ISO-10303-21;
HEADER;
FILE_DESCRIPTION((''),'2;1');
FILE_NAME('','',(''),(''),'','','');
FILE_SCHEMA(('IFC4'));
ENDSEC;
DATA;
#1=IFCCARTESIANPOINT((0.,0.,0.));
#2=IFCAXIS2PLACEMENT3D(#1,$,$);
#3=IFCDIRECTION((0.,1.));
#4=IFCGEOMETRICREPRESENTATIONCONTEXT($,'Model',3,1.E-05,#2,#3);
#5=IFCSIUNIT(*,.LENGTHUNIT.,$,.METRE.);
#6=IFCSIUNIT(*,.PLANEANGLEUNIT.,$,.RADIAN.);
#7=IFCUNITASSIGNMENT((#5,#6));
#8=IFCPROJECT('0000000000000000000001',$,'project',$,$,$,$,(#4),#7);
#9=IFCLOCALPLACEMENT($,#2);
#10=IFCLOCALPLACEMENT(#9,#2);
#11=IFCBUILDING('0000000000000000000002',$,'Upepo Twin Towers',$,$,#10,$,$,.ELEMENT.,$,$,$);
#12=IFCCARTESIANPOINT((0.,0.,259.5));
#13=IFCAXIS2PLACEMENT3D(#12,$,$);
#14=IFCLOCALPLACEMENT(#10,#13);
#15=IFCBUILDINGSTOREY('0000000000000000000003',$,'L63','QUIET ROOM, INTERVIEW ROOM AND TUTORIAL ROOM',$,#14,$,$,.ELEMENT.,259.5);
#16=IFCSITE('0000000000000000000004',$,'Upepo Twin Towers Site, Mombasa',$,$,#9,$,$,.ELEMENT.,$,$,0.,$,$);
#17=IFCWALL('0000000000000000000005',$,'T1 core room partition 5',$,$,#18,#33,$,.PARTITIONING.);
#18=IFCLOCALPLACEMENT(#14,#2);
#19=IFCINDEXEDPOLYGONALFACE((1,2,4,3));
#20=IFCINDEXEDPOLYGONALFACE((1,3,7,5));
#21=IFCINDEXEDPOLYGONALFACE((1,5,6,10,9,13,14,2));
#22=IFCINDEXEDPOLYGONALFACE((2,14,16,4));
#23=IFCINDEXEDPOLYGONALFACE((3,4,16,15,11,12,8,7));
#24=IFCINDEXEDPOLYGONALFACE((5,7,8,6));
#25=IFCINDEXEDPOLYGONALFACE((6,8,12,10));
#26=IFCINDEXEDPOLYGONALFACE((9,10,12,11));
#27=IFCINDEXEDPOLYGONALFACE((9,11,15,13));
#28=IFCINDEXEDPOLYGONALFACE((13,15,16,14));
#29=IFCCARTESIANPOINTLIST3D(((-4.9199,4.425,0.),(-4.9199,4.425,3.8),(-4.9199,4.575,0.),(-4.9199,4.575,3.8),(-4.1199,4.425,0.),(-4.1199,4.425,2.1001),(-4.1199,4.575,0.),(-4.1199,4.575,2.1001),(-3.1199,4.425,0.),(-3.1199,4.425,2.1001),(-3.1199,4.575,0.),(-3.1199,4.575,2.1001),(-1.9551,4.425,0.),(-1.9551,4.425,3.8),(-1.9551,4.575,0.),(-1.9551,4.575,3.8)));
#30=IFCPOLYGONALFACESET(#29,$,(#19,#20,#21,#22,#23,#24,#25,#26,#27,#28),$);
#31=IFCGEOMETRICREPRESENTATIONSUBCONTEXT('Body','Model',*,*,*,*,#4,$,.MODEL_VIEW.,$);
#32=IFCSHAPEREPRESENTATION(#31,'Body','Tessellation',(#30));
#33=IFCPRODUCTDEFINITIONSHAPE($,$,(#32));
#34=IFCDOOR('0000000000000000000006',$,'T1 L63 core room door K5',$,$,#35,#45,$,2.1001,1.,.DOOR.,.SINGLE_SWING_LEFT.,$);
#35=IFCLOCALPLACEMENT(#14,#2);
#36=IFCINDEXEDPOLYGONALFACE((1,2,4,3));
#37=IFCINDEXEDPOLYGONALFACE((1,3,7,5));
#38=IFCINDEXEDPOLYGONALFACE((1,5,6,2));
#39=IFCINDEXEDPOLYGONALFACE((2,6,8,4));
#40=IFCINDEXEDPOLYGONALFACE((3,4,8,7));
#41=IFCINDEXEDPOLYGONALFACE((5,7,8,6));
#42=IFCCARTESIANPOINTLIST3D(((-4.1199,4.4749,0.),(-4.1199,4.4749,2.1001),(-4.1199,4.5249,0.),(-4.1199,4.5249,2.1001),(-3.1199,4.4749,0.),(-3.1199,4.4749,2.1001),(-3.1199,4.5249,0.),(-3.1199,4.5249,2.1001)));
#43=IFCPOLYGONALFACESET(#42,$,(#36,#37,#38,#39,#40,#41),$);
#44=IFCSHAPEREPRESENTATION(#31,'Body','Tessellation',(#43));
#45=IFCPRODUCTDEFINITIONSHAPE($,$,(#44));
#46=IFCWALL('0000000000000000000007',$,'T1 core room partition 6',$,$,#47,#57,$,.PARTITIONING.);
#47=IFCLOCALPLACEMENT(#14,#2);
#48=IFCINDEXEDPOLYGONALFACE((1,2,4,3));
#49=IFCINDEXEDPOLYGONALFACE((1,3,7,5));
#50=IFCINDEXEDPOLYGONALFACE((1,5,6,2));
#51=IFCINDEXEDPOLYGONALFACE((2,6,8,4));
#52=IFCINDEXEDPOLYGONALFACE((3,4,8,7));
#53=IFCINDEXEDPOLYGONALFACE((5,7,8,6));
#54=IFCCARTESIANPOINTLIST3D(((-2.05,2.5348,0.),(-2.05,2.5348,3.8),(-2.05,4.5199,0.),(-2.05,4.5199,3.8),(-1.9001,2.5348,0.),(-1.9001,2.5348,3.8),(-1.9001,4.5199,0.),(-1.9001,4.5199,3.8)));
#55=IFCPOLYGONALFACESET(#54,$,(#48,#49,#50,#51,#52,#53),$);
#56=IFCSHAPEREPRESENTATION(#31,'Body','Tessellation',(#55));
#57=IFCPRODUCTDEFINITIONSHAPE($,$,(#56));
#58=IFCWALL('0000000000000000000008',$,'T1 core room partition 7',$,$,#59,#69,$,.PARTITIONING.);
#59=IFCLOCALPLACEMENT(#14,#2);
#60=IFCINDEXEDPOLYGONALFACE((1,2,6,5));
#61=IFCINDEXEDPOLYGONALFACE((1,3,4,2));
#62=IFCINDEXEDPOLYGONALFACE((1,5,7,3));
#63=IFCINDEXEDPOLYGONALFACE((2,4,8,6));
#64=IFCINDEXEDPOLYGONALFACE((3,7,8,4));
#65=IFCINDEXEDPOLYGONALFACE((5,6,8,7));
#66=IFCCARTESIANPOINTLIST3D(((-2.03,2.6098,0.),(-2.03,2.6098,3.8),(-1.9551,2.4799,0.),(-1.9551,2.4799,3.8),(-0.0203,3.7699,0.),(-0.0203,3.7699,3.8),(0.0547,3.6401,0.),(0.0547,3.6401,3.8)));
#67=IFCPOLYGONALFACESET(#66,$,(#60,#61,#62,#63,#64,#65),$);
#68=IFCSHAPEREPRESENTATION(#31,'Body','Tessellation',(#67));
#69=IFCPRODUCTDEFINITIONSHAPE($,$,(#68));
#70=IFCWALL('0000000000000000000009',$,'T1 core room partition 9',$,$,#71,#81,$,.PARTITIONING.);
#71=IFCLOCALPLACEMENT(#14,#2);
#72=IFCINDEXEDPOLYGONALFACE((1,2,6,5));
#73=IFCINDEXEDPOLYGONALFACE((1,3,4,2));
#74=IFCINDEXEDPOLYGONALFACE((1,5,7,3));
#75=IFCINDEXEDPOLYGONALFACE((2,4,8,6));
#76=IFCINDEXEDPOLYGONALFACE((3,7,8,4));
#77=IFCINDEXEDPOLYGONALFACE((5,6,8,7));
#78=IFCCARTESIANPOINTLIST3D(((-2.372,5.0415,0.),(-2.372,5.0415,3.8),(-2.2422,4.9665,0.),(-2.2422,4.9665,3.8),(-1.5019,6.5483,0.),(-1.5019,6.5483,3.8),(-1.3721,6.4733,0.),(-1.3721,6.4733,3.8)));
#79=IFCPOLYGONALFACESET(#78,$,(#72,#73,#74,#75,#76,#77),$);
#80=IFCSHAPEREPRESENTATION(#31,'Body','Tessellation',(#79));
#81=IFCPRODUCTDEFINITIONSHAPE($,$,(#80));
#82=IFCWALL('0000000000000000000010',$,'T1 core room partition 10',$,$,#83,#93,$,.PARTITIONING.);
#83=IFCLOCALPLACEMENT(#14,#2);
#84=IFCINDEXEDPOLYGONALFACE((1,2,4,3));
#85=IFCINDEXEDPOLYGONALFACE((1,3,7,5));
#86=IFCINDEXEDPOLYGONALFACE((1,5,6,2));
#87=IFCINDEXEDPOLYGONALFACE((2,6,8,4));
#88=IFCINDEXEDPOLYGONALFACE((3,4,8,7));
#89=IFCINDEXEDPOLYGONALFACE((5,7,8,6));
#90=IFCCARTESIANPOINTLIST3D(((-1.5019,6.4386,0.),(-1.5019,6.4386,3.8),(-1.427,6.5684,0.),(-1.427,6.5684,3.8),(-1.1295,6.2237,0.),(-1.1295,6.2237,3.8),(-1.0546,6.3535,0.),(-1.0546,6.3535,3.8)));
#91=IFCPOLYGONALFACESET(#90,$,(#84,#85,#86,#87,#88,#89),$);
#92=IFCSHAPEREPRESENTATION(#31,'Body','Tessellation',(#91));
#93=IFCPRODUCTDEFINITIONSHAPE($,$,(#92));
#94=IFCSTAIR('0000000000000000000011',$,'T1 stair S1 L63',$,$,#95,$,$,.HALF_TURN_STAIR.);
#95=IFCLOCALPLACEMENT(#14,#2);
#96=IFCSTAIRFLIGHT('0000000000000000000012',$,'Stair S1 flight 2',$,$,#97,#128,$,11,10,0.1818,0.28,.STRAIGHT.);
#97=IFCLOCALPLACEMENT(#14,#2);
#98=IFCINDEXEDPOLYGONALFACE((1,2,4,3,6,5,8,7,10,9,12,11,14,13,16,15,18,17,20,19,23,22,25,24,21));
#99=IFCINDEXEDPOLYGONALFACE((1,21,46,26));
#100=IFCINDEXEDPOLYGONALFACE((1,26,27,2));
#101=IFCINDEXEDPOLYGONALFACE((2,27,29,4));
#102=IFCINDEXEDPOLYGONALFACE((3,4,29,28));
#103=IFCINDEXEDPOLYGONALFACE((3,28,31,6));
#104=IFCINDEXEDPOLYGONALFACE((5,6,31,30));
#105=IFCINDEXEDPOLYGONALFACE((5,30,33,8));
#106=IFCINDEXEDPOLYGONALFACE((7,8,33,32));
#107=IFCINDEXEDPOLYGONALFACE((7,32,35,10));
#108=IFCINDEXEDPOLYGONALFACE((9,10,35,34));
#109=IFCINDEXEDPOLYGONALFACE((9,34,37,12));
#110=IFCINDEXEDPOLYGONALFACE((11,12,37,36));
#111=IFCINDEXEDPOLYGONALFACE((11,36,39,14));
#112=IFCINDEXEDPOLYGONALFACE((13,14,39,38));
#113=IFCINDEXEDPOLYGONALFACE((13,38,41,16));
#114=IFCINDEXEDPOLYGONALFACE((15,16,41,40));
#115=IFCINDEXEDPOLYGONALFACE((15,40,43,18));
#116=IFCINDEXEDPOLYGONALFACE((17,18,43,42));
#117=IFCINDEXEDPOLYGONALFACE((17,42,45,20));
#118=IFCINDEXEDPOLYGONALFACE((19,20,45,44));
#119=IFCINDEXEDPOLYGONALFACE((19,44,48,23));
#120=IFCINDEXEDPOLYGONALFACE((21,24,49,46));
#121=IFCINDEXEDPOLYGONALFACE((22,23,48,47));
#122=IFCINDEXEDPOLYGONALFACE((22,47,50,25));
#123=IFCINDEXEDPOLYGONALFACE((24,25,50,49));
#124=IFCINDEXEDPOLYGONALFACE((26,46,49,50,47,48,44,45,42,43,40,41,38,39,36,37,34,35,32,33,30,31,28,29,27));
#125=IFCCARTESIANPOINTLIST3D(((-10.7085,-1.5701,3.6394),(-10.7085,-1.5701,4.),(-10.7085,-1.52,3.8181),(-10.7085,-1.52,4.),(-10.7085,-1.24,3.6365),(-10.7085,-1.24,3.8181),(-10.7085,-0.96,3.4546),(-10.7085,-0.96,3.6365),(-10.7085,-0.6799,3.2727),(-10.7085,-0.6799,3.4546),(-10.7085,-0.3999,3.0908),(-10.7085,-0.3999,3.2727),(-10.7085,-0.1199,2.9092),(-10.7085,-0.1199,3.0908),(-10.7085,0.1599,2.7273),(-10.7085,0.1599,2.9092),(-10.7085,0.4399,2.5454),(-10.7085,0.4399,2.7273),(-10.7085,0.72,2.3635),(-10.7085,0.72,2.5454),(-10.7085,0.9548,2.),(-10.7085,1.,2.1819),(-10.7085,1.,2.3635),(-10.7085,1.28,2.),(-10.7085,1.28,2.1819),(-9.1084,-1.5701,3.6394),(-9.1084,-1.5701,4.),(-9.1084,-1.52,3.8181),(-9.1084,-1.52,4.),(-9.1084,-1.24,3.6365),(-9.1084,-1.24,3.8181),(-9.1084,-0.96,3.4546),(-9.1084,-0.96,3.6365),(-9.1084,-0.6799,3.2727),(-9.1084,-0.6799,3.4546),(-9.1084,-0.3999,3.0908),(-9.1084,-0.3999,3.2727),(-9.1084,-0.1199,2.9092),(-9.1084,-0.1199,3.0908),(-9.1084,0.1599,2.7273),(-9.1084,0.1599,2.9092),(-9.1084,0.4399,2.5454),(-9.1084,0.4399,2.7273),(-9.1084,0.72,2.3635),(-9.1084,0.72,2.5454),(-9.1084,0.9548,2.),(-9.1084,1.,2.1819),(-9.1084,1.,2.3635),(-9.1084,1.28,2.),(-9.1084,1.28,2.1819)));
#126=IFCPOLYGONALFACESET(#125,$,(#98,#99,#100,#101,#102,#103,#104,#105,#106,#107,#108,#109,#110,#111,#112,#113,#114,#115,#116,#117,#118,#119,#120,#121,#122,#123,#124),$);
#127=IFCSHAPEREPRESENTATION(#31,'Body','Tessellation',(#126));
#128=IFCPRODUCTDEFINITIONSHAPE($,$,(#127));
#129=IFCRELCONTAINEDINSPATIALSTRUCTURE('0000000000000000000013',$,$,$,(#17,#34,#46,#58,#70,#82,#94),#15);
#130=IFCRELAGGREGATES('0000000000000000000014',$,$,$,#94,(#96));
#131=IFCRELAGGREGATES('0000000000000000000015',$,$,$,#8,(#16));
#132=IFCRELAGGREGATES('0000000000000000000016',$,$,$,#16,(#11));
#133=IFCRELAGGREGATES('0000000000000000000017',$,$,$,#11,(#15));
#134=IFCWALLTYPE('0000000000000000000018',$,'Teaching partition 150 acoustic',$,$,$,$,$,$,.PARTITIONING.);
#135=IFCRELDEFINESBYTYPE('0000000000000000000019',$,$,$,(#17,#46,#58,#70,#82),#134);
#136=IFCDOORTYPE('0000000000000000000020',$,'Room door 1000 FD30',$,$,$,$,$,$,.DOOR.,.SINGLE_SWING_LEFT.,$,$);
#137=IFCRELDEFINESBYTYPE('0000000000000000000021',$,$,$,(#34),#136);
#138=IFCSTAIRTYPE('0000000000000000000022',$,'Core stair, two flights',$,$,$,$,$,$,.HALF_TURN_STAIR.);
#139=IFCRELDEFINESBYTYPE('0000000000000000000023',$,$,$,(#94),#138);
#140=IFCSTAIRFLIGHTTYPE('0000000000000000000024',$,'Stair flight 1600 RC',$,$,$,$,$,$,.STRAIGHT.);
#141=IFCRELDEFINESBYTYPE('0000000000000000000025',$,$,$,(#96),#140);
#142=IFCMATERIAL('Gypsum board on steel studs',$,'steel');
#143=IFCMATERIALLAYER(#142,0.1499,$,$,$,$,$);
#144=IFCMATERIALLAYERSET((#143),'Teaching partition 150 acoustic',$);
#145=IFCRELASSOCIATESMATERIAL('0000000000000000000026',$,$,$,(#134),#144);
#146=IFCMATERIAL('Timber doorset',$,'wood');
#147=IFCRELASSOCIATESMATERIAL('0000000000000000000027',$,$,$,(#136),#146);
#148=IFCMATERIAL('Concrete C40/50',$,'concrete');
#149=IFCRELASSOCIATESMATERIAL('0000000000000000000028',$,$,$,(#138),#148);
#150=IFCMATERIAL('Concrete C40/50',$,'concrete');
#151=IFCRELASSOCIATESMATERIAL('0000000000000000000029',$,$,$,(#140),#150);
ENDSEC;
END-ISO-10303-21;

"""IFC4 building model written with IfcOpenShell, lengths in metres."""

from ifc_helpers import new_model, si_unit, direction, frame, frame_2d, origin, place, context, subcontext, project, spatial, polyline, rectangle, outline, extrude, material, layer, layer_set, type_object, element, fill, aggregate, save


model = new_model("IFC4")

# Units and contexts
model_context = context("Model", 3, precision=1e-05, world=origin(), true_north=direction((0.0, 1.0)))
body_context = subcontext(model_context, "Body", "Model", "MODEL_VIEW")
ifc_project = project(units=[si_unit("LENGTHUNIT", "METRE"), si_unit("PLANEANGLEUNIT", "RADIAN")], contexts=[model_context])

# Site, building, storey
site_placement = place(None, origin())
site = spatial("IfcSite", under=ifc_project, at=site_placement, Name="Upepo Twin Towers Site, Mombasa", CompositionType="ELEMENT", RefElevation=0.0)
building_placement = place(site_placement, origin())
building = spatial("IfcBuilding", under=site, at=building_placement, Name="Upepo Twin Towers", CompositionType="ELEMENT")
storey_placement = place(building_placement, frame((0.0, 0.0, 259.5)))
storey = spatial("IfcBuildingStorey", under=building, at=storey_placement, Name="L63", Description="QUIET ROOM, INTERVIEW ROOM AND TUTORIAL ROOM", CompositionType="ELEMENT", Elevation=259.5)

# Shared definitions
ifc_material_1 = material(Name="Gypsum board on steel studs", Category="steel")
ifc_layer_1 = layer(ifc_material_1, 0.1499)
ifc_layer_set_1 = layer_set([ifc_layer_1], Name="Teaching partition 150 acoustic")
wall_type_1 = type_object("IfcWallType", Name="Teaching partition 150 acoustic", PredefinedType="PARTITIONING", material=ifc_layer_set_1)

# Wall, opening, door
wall_1_placement = place(storey_placement, frame((-4.9199, 4.5, 0.0), z_axis=(0.0, 0.0, 1.0), x_axis=(1.0, 0.0, 0.0)))
wall_1 = element("IfcWall", 1, at=wall_1_placement, inside=storey, type_object=wall_type_1, Name="T1 core room partition 5", PredefinedType="PARTITIONING", context=body_context, shape_type="SweptSolid", body=[
    extrude(rectangle(XDim=2.9648, YDim=0.1499, at=frame_2d((1.4824, 0.0))), origin(), (0.0, 0.0, 1.0), 3.8),
])
opening_1_placement = place(wall_1_placement, frame((0.8, 0.0, 0.0)))
opening_1 = element("IfcOpeningElement", 2, at=opening_1_placement, cuts=wall_1, PredefinedType="OPENING", context=body_context, shape_type="SweptSolid", body=[
    extrude(rectangle(XDim=1.0, YDim=2.1001, at=frame_2d((0.5, 1.05))), frame((0.0, 0.085, 0.0), z_axis=(0.0, -1.0, 0.0), x_axis=(1.0, 0.0, 0.0)), (0.0, 0.0, 1.0), 0.1699),
])
ifc_material_2 = material(Name="Timber doorset", Category="wood")
door_type_1 = type_object("IfcDoorType", Name="Room door 1000 FD30", OperationType="SINGLE_SWING_LEFT", PredefinedType="DOOR", material=ifc_material_2)
door_1_placement = place(opening_1_placement, origin())
door_1 = element("IfcDoor", 3, at=door_1_placement, inside=storey, type_object=door_type_1, Name="T1 L63 core room door K5", OperationType="SINGLE_SWING_LEFT", OverallHeight=2.1001, OverallWidth=1.0, PredefinedType="DOOR", context=body_context, shape_type="SweptSolid", body=[
    extrude(rectangle(XDim=1.0, YDim=2.1001, at=frame_2d((0.5, 1.05))), frame((0.0, 0.0249, 0.0), z_axis=(0.0, -1.0, 0.0), x_axis=(1.0, 0.0, 0.0)), (0.0, 0.0, 1.0), 0.05),
])
fill(opening_1, door_1)

# Walls
wall_2_placement = place(storey_placement, frame((-1.9751, 4.52, 0.0), z_axis=(0.0, 0.0, 1.0), x_axis=(0.0, -1.0, 0.0)))
element("IfcWall", 4, at=wall_2_placement, inside=storey, type_object=wall_type_1, Name="T1 core room partition 6", PredefinedType="PARTITIONING", context=body_context, shape_type="SweptSolid", body=[
    extrude(rectangle(XDim=1.9851, YDim=0.1499, at=frame_2d((0.9927, 0.0))), origin(), (0.0, 0.0, 1.0), 3.8),
])
wall_3_placement = place(storey_placement, frame((-1.9924, 2.5449, 0.0), z_axis=(0.0, 0.0, 1.0), x_axis=(0.866059, 0.499941, 0.0)))
element("IfcWall", 5, at=wall_3_placement, inside=storey, type_object=wall_type_1, Name="T1 core room partition 7", PredefinedType="PARTITIONING", context=body_context, shape_type="SweptSolid", body=[
    extrude(rectangle(XDim=2.3206, YDim=0.1499, at=frame_2d((1.1602, 0.0))), origin(), (0.0, 0.0, 1.0), 3.8),
])
wall_4_placement = place(storey_placement, frame((-2.3071, 5.0039, 0.0), z_axis=(0.0, 0.0, 1.0), x_axis=(0.500063, 0.865989, 0.0)))
element("IfcWall", 6, at=wall_4_placement, inside=storey, type_object=wall_type_1, Name="T1 core room partition 9", PredefinedType="PARTITIONING", context=body_context, shape_type="SweptSolid", body=[
    extrude(rectangle(XDim=1.74, YDim=0.1499, at=frame_2d((0.8701, 0.0))), origin(), (0.0, 0.0, 1.0), 3.8),
])
wall_5_placement = place(storey_placement, frame((-1.4644, 6.5034, 0.0), z_axis=(0.0, 0.0, 1.0), x_axis=(0.866138, -0.499804, 0.0)))
element("IfcWall", 7, at=wall_5_placement, inside=storey, type_object=wall_type_1, Name="T1 core room partition 10", PredefinedType="PARTITIONING", context=body_context, shape_type="SweptSolid", body=[
    extrude(rectangle(XDim=0.4299, YDim=0.1499, at=frame_2d((0.2148, 0.0))), origin(), (0.0, 0.0, 1.0), 3.8),
])

# Stair, stair flight
ifc_material_3 = material(Name="Concrete C40/50", Category="concrete")
stair_type = type_object("IfcStairType", Name="Core stair, two flights", PredefinedType="HALF_TURN_STAIR", material=ifc_material_3)
stair_placement = place(storey_placement, origin())
stair = element("IfcStair", 8, at=stair_placement, inside=storey, type_object=stair_type, Name="T1 stair S1 L63", PredefinedType="HALF_TURN_STAIR")
ifc_material_4 = material(Name="Concrete C40/50", Category="concrete")
stair_flight_type = type_object("IfcStairFlightType", Name="Stair flight 1600 RC", PredefinedType="STRAIGHT", material=ifc_material_4)
stair_flight_placement = place(storey_placement, frame((-9.9084, 1.28, 2.0), z_axis=(0.0, 0.0, 1.0), x_axis=(0.0, -1.0, 0.0)))
stair_flight = element("IfcStairFlight", 9, at=stair_flight_placement, type_object=stair_flight_type, Name="Stair S1 flight 2", NumberOfRisers=11, NumberOfTreads=10, PredefinedType="STRAIGHT", RiserHeight=0.1818, TreadLength=0.28, context=body_context, shape_type="SweptSolid", body=[
    extrude(outline(polyline([(0.0, 0.0), (0.0, 0.1819), (0.28, 0.1819), (0.28, 0.3635), (0.5601, 0.3635), (0.5601, 0.5454), (0.8401, 0.5454), (0.8401, 0.7273), (1.1201, 0.7273), (1.1201, 0.9092), (1.3999, 0.9092), (1.3999, 1.0908), (1.6799, 1.0908), (1.6799, 1.2727), (1.96, 1.2727), (1.96, 1.4546), (2.24, 1.4546), (2.24, 1.6365), (2.52, 1.6365), (2.52, 1.8181), (2.8, 1.8181), (2.8, 2.0), (2.8501, 2.0), (2.8501, 1.6394), (0.3252, 0.0), (0.0, 0.0)])), frame((0.0, 0.8, 0.0), z_axis=(0.0, -1.0, 0.0), x_axis=(1.0, 0.0, 0.0)), (0.0, 0.0, 1.0), 1.6001),
])
aggregate(stair, [stair_flight])

save(model, "model.ifc")
